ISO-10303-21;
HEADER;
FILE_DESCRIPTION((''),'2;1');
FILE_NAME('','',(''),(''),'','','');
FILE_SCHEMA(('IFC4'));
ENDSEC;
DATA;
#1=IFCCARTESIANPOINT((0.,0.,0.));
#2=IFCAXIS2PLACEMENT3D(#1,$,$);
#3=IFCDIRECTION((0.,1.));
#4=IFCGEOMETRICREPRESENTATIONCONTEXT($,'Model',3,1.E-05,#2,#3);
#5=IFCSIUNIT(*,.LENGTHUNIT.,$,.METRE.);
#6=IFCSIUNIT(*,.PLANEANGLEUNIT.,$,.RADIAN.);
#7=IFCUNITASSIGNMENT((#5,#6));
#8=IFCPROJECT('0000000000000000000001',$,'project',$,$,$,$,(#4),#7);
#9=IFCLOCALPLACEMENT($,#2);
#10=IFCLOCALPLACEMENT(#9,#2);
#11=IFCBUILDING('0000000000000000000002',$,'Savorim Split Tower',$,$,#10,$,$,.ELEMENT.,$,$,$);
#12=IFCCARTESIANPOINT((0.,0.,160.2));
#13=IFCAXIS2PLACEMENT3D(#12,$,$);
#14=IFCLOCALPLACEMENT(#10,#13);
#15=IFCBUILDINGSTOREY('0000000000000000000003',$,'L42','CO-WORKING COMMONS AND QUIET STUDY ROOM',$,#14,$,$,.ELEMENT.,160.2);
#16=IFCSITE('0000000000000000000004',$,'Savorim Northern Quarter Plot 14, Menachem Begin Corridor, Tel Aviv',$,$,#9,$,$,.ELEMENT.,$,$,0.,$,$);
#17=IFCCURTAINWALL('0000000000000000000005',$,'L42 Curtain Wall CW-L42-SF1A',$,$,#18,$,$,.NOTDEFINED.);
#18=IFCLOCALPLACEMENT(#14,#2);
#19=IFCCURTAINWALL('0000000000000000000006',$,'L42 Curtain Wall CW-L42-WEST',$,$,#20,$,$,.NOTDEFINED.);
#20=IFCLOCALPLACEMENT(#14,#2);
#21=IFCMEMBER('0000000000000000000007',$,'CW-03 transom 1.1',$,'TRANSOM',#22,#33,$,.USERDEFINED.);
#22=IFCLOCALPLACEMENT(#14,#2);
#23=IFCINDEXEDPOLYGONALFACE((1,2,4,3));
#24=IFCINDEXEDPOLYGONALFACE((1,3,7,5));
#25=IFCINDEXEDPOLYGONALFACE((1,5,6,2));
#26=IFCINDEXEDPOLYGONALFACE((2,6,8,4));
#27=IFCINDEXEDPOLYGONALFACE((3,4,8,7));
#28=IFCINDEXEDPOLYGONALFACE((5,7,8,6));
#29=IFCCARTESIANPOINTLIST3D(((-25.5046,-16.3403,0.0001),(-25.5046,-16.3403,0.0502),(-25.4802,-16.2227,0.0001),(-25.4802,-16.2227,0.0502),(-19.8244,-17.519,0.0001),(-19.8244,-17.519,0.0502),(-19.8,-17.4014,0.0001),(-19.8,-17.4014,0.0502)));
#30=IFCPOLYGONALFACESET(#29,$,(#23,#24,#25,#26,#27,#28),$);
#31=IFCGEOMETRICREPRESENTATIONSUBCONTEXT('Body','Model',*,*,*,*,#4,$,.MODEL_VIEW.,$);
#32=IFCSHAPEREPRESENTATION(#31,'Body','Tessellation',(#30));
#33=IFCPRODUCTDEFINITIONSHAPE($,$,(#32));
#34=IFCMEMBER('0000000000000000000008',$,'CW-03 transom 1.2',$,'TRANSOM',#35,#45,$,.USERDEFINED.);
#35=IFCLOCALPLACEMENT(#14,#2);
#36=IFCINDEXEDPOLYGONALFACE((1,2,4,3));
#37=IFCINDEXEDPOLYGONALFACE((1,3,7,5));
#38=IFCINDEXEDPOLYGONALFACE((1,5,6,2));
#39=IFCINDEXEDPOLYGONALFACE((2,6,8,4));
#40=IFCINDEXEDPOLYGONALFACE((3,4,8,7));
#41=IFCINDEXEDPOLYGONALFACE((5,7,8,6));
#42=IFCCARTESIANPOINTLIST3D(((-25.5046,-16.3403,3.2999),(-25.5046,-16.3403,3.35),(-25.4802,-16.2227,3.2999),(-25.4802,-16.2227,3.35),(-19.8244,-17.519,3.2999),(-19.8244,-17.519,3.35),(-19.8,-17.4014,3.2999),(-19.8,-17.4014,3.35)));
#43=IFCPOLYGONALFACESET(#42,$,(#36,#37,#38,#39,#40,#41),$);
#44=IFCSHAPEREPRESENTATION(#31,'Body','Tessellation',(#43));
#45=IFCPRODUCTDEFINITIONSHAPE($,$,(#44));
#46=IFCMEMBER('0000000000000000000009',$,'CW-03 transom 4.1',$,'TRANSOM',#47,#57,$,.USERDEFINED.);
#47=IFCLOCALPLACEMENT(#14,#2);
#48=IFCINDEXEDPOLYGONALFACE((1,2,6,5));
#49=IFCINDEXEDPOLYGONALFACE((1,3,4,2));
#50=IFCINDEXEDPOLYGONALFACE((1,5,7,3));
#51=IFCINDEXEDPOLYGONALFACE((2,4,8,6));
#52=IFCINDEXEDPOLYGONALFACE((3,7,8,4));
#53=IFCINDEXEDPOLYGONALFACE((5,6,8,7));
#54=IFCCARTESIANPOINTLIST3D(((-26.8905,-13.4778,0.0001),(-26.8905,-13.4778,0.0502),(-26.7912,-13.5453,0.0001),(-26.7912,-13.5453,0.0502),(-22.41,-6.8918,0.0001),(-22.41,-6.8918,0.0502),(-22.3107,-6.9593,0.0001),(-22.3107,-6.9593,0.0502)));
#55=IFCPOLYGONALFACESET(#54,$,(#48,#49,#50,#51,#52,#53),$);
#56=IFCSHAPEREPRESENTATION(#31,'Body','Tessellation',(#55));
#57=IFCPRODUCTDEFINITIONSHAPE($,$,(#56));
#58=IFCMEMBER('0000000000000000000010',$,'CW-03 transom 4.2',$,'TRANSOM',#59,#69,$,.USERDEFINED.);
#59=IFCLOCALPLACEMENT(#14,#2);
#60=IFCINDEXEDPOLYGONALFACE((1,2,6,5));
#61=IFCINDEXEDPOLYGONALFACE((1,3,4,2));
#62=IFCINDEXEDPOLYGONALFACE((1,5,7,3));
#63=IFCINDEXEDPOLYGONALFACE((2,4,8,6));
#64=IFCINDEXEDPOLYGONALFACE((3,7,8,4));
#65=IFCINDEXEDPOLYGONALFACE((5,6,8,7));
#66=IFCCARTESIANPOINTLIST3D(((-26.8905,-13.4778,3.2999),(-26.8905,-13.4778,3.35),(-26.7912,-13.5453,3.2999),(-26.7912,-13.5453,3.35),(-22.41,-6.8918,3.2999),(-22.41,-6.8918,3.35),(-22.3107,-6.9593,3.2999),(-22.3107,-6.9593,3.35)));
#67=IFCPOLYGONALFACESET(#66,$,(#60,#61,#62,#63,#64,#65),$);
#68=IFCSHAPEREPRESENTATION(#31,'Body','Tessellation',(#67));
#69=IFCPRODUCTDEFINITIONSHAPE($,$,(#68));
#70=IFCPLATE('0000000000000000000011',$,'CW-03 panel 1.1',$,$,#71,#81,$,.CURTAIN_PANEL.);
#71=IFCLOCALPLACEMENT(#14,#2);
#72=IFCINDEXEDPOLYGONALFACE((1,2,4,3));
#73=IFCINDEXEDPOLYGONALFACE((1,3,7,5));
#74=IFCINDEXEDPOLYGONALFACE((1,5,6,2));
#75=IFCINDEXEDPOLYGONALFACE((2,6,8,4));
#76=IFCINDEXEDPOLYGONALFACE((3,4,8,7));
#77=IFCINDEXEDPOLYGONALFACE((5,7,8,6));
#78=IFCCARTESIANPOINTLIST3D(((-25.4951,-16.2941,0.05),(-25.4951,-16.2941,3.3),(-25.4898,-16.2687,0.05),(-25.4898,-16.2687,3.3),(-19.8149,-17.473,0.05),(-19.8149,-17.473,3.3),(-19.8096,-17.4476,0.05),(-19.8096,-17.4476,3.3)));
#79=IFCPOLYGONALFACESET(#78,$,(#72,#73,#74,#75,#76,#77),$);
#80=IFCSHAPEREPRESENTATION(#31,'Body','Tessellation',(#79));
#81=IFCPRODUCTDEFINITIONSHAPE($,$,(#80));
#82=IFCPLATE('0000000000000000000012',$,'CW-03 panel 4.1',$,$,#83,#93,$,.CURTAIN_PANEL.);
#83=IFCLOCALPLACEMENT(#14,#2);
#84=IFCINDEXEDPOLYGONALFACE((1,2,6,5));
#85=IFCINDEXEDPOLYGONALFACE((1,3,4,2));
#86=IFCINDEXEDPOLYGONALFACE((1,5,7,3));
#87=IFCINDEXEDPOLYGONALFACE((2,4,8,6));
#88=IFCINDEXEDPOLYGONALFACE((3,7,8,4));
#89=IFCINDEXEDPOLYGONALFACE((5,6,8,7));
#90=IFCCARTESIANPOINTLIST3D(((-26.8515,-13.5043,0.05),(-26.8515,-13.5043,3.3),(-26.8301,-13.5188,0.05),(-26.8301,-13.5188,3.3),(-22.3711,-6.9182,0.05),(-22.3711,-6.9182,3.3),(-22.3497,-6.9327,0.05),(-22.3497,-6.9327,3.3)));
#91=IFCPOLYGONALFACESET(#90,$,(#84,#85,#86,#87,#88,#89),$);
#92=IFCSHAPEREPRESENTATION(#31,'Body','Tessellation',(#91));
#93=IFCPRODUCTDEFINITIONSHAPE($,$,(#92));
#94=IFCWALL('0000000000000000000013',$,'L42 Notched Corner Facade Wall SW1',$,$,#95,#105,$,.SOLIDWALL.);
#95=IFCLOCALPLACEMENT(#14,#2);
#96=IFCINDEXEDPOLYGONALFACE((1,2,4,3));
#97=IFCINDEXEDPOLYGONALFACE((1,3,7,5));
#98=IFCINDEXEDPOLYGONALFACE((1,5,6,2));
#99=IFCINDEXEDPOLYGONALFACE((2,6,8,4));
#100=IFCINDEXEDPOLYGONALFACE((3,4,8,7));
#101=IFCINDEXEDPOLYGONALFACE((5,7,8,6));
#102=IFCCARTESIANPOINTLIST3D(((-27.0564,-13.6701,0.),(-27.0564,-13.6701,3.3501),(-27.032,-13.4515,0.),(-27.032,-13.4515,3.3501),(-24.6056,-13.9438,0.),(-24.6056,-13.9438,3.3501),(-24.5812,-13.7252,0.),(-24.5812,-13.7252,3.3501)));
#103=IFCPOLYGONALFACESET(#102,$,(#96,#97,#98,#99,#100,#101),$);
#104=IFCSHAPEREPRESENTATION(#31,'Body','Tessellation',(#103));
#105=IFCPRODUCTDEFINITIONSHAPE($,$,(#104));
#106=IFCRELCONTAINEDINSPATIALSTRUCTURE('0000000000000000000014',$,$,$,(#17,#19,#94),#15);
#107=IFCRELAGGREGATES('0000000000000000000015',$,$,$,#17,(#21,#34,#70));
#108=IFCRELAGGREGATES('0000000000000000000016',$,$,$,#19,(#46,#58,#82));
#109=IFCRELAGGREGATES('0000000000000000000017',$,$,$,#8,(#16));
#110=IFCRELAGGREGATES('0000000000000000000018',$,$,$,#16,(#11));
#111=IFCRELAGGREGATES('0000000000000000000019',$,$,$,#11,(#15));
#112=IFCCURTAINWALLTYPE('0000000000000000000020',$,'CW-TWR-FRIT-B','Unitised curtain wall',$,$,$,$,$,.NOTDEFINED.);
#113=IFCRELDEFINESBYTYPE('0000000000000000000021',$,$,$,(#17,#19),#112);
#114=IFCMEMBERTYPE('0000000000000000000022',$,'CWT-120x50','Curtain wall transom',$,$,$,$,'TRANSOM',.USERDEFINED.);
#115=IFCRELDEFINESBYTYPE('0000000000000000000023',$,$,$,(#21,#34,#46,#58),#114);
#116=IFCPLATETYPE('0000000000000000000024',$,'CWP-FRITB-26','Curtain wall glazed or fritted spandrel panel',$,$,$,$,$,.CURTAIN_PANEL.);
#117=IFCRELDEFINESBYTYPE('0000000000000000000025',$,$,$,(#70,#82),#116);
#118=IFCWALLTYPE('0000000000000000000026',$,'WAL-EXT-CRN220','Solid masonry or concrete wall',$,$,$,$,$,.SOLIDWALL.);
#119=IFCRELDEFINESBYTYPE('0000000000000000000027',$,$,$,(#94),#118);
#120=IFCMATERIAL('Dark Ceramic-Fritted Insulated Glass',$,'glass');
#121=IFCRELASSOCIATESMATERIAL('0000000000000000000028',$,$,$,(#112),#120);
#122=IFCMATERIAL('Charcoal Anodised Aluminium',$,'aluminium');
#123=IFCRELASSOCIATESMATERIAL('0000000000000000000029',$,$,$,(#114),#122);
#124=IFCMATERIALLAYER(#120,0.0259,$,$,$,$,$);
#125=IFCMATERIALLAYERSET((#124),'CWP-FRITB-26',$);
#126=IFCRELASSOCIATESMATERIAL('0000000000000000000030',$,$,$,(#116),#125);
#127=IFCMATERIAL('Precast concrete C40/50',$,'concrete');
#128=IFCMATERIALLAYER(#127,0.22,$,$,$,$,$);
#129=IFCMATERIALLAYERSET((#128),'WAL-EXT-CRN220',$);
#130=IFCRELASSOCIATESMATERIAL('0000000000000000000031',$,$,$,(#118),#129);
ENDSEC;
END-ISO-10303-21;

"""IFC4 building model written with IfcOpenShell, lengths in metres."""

from ifc_helpers import new_model, si_unit, direction, frame, frame_2d, origin, origin_2d, place, context, subcontext, project, spatial, rectangle, extrude, material, layer, layer_set, material_profile, profile_set, type_object, element, aggregate, save


model = new_model("IFC4")

# Units and contexts
model_context = context("Model", 3, precision=1e-05, world=origin(), true_north=direction((0.0, 1.0)))
body_context = subcontext(model_context, "Body", "Model", "MODEL_VIEW")
ifc_project = project(units=[si_unit("LENGTHUNIT", "METRE"), si_unit("PLANEANGLEUNIT", "RADIAN")], contexts=[model_context])

# Site, building, storey
site_placement = place(None, origin())
site = spatial("IfcSite", under=ifc_project, at=site_placement, Name="Savorim Northern Quarter Plot 14, Menachem Begin Corridor, Tel Aviv", CompositionType="ELEMENT", RefElevation=0.0)
building_placement = place(site_placement, origin())
building = spatial("IfcBuilding", under=site, at=building_placement, Name="Savorim Split Tower", CompositionType="ELEMENT")
storey_placement = place(building_placement, frame((0.0, 0.0, 160.2)))
storey = spatial("IfcBuildingStorey", under=building, at=storey_placement, Name="L42", Description="CO-WORKING COMMONS AND QUIET STUDY ROOM", CompositionType="ELEMENT", Elevation=160.2)

# Curtain wall
ifc_material_1 = material(Name="Dark Ceramic-Fritted Insulated Glass", Category="glass")
curtain_wall_type = type_object("IfcCurtainWallType", Name="CW-TWR-FRIT-B", Description="Unitised curtain wall", PredefinedType="NOTDEFINED", material=ifc_material_1)
curtain_wall_1_placement = place(storey_placement, origin())
curtain_wall_1 = element("IfcCurtainWall", 1, at=curtain_wall_1_placement, inside=storey, type_object=curtain_wall_type, Name="L42 Curtain Wall CW-L42-SF1A", PredefinedType="NOTDEFINED")
ifc_material_2 = material(Name="Charcoal Anodised Aluminium", Category="aluminium")

# Curtain wall
curtain_wall_2_placement = place(storey_placement, origin())
curtain_wall_2 = element("IfcCurtainWall", 2, at=curtain_wall_2_placement, inside=storey, type_object=curtain_wall_type, Name="L42 Curtain Wall CW-L42-WEST", PredefinedType="NOTDEFINED")

# Members
ifc_material_profile_1 = material_profile(ifc_material_2, rectangle(XDim=0.1201, YDim=0.05, at=origin_2d()), Name="ALU-T 120x50")
ifc_profile_set_1 = profile_set([ifc_material_profile_1], Name="Charcoal Anodised Aluminium")
member_type_1 = type_object("IfcMemberType", Name="CWT-120x50", Description="Curtain wall transom", ElementType="TRANSOM", PredefinedType="USERDEFINED", material=ifc_profile_set_1)
member_1_placement = place(storey_placement, frame((-25.4924, -16.2815, 0.0251), z_axis=(0.97914, -0.203184, 0.0), x_axis=(0.203184, 0.97914, 0.0)))
member_1 = element("IfcMember", 3, at=member_1_placement, type_object=member_type_1, Name="CW-03 transom 1.1", ObjectType="TRANSOM", PredefinedType="USERDEFINED", context=body_context, shape_type="SweptSolid", body=[
    extrude(rectangle(XDim=0.1201, YDim=0.05, at=origin_2d()), origin(), (0.0, 0.0, 1.0), 5.8013),
])
member_2_placement = place(storey_placement, frame((-25.4924, -16.2815, 3.325), z_axis=(0.97914, -0.203184, 0.0), x_axis=(0.203184, 0.97914, 0.0)))
member_2 = element("IfcMember", 4, at=member_2_placement, type_object=member_type_1, Name="CW-03 transom 1.2", ObjectType="TRANSOM", PredefinedType="USERDEFINED", context=body_context, shape_type="SweptSolid", body=[
    extrude(rectangle(XDim=0.1201, YDim=0.05, at=origin_2d()), origin(), (0.0, 0.0, 1.0), 5.8013),
])
member_3_placement = place(storey_placement, frame((-22.3604, -6.9255, 0.0251), z_axis=(-0.562484, -0.826808, 0.0), x_axis=(0.826808, -0.562484, 0.0)))
member_3 = element("IfcMember", 5, at=member_3_placement, type_object=member_type_1, Name="CW-03 transom 4.1", ObjectType="TRANSOM", PredefinedType="USERDEFINED", context=body_context, shape_type="SweptSolid", body=[
    extrude(rectangle(XDim=0.1201, YDim=0.05, at=origin_2d()), origin(), (0.0, 0.0, 1.0), 7.9656),
])
member_4_placement = place(storey_placement, frame((-22.3604, -6.9255, 3.325), z_axis=(-0.562484, -0.826808, 0.0), x_axis=(0.826808, -0.562484, 0.0)))
member_4 = element("IfcMember", 6, at=member_4_placement, type_object=member_type_1, Name="CW-03 transom 4.2", ObjectType="TRANSOM", PredefinedType="USERDEFINED", context=body_context, shape_type="SweptSolid", body=[
    extrude(rectangle(XDim=0.1201, YDim=0.05, at=origin_2d()), origin(), (0.0, 0.0, 1.0), 7.9656),
])

# Plates
ifc_layer_1 = layer(ifc_material_1, 0.0259)
ifc_layer_set_1 = layer_set([ifc_layer_1], Name="CWP-FRITB-26")
plate_type = type_object("IfcPlateType", Name="CWP-FRITB-26", Description="Curtain wall glazed or fritted spandrel panel", PredefinedType="CURTAIN_PANEL", material=ifc_layer_set_1)
plate_1_placement = place(storey_placement, frame((-22.6523, -16.8708, 0.05), z_axis=(0.0, 0.0, 1.0), x_axis=(0.979135, -0.203212, 0.0)))
plate_1 = element("IfcPlate", 7, at=plate_1_placement, type_object=plate_type, Name="CW-03 panel 1.1", PredefinedType="CURTAIN_PANEL", context=body_context, shape_type="SweptSolid", body=[
    extrude(rectangle(XDim=5.8013, YDim=0.0259, at=origin_2d()), origin(), (0.0, 0.0, 1.0), 3.25),
])
aggregate(curtain_wall_1, [member_1, member_2, plate_1])
plate_2_placement = place(storey_placement, frame((-24.6006, -10.2185, 0.05), z_axis=(0.0, 0.0, 1.0), x_axis=(-0.562466, -0.82682, 0.0)))
plate_2 = element("IfcPlate", 8, at=plate_2_placement, type_object=plate_type, Name="CW-03 panel 4.1", PredefinedType="CURTAIN_PANEL", context=body_context, shape_type="SweptSolid", body=[
    extrude(rectangle(XDim=7.9656, YDim=0.0259, at=origin_2d()), origin(), (0.0, 0.0, 1.0), 3.25),
])
aggregate(curtain_wall_2, [member_3, member_4, plate_2])

# Wall
ifc_material_3 = material(Name="Precast concrete C40/50", Category="concrete")
ifc_layer_2 = layer(ifc_material_3, 0.22)
ifc_layer_set_2 = layer_set([ifc_layer_2], Name="WAL-EXT-CRN220")
wall_type = type_object("IfcWallType", Name="WAL-EXT-CRN220", Description="Solid masonry or concrete wall", PredefinedType="SOLIDWALL", material=ifc_layer_set_2)
wall_1_placement = place(storey_placement, frame((-24.5935, -13.8345, 0.0), z_axis=(0.0, 0.0, 1.0), x_axis=(-0.993823, 0.110975, 0.0)))
element("IfcWall", 9, at=wall_1_placement, inside=storey, type_object=wall_type, Name="L42 Notched Corner Facade Wall SW1", PredefinedType="SOLIDWALL", context=body_context, shape_type="SweptSolid", body=[
    extrude(rectangle(XDim=2.4661, YDim=0.22, at=frame_2d((1.2329, 0.0))), origin(), (0.0, 0.0, 1.0), 3.3501),
])

save(model, "model.ifc")
